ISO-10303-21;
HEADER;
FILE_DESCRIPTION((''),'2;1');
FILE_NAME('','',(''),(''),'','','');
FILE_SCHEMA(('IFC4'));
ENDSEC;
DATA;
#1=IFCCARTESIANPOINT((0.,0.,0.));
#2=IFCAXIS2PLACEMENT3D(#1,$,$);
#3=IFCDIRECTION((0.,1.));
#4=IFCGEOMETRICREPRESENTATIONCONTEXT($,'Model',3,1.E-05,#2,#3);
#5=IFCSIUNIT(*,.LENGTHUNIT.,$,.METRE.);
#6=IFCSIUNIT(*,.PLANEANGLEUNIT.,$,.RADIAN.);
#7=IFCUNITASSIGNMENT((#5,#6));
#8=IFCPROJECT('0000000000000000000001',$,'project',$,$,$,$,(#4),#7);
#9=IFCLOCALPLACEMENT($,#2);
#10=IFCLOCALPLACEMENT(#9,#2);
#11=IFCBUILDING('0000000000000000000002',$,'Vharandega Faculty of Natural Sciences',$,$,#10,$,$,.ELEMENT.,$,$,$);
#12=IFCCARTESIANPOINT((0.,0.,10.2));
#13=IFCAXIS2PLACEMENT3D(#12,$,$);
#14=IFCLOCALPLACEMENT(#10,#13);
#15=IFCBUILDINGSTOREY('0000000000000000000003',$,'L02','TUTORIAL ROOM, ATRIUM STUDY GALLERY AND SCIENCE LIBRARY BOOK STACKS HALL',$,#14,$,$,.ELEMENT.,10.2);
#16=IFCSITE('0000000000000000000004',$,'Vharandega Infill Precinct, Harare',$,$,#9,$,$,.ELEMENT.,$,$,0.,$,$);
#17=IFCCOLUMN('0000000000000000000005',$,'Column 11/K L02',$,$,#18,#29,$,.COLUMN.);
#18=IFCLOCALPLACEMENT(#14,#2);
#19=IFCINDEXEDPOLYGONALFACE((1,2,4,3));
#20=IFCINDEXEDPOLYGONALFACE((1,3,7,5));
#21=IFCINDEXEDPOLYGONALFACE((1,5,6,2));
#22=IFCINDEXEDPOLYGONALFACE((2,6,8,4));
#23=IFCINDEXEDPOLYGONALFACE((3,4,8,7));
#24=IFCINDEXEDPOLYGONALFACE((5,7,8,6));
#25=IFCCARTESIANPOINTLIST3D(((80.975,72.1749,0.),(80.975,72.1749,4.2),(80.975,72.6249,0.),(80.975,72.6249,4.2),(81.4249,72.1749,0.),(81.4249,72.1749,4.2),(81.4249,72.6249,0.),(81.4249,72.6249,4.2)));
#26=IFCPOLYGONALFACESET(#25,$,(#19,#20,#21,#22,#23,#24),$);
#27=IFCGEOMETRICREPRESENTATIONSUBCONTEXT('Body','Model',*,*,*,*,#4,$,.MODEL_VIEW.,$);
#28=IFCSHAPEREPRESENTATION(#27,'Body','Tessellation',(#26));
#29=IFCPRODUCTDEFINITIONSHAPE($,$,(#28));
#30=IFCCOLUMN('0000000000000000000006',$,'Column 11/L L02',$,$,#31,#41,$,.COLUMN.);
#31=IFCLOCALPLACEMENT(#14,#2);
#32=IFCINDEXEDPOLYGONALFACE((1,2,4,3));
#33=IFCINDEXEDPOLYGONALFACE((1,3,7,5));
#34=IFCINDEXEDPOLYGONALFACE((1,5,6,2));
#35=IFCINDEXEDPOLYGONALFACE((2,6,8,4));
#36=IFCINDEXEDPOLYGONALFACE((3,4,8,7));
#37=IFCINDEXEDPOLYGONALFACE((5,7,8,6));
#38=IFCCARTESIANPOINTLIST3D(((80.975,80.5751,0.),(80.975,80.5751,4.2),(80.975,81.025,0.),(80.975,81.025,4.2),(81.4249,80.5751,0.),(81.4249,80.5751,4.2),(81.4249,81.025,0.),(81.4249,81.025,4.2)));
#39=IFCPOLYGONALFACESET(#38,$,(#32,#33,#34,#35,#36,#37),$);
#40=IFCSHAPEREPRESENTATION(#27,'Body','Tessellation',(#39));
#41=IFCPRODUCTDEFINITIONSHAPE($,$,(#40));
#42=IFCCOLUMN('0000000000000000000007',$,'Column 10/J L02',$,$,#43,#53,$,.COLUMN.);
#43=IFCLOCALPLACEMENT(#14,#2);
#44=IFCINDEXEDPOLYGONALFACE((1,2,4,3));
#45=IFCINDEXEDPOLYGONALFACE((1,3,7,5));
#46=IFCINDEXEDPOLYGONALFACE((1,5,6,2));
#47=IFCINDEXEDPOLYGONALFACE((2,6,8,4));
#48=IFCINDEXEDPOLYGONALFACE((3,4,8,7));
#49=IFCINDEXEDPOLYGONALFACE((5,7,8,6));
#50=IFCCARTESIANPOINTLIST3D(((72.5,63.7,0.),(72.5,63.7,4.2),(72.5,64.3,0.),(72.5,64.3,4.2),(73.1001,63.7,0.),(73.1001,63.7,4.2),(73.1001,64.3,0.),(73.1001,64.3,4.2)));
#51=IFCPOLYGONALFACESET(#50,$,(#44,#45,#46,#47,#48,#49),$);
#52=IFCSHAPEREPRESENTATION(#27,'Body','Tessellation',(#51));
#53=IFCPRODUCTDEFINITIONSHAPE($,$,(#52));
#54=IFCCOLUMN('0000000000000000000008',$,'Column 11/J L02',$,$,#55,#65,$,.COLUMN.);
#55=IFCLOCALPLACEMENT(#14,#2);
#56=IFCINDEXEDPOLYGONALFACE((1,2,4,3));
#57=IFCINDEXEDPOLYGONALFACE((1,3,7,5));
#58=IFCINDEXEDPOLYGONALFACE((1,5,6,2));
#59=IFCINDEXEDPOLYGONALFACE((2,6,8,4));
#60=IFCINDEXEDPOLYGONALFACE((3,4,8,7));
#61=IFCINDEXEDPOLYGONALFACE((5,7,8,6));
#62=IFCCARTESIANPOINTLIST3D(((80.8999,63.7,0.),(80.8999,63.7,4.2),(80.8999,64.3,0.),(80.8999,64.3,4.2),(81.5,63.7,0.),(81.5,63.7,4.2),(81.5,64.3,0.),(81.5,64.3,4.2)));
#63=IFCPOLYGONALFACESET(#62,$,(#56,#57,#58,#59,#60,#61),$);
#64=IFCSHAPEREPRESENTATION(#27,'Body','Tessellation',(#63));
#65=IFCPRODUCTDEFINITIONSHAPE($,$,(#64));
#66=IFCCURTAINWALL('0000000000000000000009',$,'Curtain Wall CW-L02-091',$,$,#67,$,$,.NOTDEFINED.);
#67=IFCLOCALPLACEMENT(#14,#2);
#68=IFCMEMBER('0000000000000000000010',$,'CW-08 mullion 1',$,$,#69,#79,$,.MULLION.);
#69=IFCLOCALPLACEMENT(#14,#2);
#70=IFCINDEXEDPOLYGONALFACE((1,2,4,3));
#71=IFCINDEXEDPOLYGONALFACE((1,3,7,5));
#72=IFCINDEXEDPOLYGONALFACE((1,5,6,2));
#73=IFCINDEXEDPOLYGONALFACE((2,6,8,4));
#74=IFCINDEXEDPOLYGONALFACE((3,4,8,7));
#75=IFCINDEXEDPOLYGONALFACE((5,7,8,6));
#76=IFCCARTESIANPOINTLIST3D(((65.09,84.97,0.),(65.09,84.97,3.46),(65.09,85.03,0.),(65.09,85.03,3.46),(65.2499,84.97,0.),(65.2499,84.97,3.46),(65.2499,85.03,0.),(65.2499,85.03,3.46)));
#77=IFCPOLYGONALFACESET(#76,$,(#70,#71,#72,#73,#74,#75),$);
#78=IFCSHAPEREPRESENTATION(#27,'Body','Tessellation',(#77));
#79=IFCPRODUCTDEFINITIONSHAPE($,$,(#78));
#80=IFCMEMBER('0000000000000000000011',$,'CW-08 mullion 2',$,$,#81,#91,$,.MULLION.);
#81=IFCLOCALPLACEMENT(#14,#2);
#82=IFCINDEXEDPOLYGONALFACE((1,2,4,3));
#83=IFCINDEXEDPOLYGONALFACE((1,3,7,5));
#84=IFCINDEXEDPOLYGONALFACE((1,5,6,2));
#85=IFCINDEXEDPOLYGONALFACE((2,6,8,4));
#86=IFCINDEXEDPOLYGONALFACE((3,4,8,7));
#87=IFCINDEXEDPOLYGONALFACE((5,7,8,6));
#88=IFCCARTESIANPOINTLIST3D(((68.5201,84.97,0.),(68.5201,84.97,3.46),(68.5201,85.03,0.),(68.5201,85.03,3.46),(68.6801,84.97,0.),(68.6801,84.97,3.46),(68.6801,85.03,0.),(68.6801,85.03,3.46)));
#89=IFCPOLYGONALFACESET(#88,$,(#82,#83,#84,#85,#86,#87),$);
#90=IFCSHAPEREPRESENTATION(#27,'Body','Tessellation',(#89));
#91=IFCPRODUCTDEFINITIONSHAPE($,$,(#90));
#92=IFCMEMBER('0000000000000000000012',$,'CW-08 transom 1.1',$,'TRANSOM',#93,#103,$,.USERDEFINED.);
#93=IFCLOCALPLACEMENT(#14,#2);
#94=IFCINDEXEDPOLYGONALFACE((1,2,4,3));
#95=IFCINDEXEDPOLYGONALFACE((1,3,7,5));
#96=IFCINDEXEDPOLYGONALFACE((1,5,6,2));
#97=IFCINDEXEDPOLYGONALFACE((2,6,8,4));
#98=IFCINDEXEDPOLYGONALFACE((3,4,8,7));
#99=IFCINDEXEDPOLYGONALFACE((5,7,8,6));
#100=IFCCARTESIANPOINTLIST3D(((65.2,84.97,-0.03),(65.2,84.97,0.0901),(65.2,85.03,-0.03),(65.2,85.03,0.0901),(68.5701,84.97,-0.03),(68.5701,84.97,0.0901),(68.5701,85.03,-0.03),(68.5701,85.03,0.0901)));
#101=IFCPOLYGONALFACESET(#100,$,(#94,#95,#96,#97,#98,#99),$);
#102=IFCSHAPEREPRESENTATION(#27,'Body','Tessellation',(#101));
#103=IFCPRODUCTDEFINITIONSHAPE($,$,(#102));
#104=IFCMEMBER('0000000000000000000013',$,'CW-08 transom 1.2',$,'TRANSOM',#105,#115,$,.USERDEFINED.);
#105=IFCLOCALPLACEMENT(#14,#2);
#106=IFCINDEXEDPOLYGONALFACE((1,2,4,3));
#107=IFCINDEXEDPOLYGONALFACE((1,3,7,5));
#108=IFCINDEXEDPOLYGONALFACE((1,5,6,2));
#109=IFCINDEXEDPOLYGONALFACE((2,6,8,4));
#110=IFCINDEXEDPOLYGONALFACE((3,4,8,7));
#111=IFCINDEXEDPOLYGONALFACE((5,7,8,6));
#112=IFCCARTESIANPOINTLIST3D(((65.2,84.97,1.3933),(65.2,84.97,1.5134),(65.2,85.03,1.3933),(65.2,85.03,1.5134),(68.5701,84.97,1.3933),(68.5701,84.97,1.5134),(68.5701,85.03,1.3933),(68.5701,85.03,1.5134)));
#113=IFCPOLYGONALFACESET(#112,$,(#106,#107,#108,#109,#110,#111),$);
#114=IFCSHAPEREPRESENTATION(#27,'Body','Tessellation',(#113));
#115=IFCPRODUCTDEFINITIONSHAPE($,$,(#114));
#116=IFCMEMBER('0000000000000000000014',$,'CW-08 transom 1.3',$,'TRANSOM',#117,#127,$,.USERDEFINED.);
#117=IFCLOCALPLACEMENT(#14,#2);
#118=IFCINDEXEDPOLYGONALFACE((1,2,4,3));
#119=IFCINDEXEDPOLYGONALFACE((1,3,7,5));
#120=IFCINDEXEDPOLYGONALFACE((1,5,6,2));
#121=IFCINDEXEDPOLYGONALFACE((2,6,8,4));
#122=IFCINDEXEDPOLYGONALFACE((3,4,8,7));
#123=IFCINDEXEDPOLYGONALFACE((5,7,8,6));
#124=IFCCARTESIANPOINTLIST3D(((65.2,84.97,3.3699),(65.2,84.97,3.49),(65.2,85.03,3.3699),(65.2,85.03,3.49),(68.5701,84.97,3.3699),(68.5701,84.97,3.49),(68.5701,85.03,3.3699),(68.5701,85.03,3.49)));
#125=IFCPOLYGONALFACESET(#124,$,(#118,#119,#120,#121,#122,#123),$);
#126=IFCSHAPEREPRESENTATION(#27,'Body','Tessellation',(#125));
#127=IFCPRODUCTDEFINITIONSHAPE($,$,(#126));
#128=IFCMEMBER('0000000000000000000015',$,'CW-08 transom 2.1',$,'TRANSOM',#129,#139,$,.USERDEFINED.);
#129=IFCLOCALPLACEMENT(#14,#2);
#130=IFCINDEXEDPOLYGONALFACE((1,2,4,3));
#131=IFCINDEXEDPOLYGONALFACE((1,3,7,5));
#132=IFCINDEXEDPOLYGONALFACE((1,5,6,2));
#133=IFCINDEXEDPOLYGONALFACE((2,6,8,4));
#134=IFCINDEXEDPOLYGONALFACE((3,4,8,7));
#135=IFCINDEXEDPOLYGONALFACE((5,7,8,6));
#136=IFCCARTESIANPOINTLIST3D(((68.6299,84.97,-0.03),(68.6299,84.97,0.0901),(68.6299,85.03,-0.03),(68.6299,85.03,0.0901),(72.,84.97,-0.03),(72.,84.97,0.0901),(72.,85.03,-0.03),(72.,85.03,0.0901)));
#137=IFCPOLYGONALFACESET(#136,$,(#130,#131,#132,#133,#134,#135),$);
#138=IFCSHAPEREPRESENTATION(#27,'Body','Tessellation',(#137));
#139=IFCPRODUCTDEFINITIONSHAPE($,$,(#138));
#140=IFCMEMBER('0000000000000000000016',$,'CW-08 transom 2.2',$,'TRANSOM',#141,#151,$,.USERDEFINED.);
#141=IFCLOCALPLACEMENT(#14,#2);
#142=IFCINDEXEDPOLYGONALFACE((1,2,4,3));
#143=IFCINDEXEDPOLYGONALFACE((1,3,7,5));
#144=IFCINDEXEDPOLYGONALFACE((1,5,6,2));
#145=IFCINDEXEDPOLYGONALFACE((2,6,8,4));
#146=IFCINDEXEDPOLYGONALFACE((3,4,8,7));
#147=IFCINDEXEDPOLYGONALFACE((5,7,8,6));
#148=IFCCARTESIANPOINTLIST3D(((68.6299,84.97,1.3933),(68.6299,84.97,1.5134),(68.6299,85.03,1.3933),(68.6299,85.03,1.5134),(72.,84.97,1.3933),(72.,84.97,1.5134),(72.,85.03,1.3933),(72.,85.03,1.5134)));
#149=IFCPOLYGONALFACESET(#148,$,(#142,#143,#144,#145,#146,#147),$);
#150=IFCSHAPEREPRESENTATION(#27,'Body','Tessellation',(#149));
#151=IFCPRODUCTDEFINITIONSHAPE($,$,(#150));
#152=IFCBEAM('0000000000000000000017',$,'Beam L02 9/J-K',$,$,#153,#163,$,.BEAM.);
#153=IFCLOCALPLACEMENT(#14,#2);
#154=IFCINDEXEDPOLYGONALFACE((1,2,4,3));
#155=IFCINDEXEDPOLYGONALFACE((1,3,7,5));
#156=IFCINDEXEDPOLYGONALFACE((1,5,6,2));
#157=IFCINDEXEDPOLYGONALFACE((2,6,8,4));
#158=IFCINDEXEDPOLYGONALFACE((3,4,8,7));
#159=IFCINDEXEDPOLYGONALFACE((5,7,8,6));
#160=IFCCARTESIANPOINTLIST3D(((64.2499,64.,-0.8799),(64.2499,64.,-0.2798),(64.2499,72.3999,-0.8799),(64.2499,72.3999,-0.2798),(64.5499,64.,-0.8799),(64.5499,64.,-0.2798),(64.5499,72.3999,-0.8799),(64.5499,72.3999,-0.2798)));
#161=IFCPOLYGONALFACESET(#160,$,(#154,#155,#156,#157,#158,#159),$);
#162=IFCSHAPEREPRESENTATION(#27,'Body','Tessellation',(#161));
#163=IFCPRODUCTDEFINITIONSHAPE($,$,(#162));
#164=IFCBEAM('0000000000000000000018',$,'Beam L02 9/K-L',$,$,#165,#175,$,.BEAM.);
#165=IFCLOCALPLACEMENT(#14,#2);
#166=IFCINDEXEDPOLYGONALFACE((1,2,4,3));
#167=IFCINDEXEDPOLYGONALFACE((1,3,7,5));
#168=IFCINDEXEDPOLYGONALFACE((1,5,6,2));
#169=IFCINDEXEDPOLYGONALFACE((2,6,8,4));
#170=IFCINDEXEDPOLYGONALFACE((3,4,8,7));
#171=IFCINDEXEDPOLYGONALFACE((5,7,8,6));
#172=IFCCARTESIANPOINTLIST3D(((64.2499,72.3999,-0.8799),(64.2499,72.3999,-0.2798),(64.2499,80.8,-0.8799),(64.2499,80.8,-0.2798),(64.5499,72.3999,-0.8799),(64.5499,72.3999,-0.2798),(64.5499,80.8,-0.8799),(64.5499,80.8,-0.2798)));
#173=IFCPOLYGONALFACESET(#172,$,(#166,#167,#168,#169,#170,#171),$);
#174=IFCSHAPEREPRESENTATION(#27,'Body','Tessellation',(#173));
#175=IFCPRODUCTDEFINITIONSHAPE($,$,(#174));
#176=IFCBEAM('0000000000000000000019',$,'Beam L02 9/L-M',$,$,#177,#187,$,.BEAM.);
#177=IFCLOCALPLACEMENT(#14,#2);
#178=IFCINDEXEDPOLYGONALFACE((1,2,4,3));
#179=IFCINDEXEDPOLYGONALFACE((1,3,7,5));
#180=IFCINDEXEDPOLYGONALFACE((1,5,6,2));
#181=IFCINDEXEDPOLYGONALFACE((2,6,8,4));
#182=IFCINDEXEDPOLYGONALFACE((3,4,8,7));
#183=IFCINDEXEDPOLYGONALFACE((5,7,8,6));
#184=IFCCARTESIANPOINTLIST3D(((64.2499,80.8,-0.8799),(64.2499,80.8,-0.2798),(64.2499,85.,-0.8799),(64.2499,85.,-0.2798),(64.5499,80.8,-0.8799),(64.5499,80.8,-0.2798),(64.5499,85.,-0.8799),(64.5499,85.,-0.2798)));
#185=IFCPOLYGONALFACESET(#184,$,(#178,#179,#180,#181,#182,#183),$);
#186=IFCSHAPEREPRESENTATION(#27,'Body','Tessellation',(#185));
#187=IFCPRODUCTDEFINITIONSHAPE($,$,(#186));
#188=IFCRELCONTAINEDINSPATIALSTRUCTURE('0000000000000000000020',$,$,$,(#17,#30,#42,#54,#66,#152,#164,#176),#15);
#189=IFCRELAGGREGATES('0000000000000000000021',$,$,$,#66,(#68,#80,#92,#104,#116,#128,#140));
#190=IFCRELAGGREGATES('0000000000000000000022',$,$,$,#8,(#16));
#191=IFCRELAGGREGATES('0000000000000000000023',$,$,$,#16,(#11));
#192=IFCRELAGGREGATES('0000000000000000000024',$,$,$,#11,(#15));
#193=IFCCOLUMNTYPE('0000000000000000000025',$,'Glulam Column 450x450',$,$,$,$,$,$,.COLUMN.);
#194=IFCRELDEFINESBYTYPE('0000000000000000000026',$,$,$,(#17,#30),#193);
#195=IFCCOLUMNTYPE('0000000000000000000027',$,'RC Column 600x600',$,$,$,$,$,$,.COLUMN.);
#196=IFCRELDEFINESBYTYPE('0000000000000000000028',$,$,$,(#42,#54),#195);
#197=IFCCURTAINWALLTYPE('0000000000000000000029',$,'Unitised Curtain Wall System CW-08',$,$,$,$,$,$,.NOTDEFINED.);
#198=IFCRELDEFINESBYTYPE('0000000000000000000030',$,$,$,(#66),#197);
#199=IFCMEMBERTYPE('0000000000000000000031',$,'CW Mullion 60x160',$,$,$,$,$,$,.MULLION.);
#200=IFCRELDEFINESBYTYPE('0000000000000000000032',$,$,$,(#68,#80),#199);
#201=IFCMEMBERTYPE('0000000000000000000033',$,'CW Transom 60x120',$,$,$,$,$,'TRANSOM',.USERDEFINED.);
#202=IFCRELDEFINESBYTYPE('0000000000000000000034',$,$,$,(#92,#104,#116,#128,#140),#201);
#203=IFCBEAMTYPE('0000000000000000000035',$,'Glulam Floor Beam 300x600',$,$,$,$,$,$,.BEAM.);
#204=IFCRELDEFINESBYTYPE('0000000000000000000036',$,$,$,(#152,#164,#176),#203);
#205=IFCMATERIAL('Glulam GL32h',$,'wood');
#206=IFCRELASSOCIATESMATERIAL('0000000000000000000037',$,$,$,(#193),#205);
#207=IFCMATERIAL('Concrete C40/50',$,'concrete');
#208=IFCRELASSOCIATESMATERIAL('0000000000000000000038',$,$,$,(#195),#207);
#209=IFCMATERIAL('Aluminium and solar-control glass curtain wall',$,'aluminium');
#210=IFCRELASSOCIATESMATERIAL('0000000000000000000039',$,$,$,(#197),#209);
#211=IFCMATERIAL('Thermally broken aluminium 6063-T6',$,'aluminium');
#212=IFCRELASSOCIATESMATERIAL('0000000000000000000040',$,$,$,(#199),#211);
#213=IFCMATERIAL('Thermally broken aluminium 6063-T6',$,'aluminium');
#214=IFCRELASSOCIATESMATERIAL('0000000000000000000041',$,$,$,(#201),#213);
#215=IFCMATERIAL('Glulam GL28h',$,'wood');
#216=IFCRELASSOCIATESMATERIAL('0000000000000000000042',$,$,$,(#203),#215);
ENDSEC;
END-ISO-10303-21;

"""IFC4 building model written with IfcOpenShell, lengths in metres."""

from ifc_helpers import new_model, si_unit, direction, frame, origin, origin_2d, place, context, subcontext, project, spatial, rectangle, extrude, material, material_profile, profile_set, type_object, element, aggregate, save


model = new_model("IFC4")

# Units and contexts
model_context = context("Model", 3, precision=1e-05, world=origin(), true_north=direction((0.0, 1.0)))
body_context = subcontext(model_context, "Body", "Model", "MODEL_VIEW")
ifc_project = project(units=[si_unit("LENGTHUNIT", "METRE"), si_unit("PLANEANGLEUNIT", "RADIAN")], contexts=[model_context])

# Site, building, storey
site_placement = place(None, origin())
site = spatial("IfcSite", under=ifc_project, at=site_placement, Name="Vharandega Infill Precinct, Harare", CompositionType="ELEMENT", RefElevation=0.0)
building_placement = place(site_placement, origin())
building = spatial("IfcBuilding", under=site, at=building_placement, Name="Vharandega Faculty of Natural Sciences", CompositionType="ELEMENT")
storey_placement = place(building_placement, frame((0.0, 0.0, 10.2)))
storey = spatial("IfcBuildingStorey", under=building, at=storey_placement, Name="L02", Description="TUTORIAL ROOM, ATRIUM STUDY GALLERY AND SCIENCE LIBRARY BOOK STACKS HALL", CompositionType="ELEMENT", Elevation=10.2)

# Columns
ifc_material_1 = material(Name="Glulam GL32h", Category="wood")
ifc_material_profile_1 = material_profile(ifc_material_1, rectangle(XDim=0.45, YDim=0.45, at=origin_2d()), Name="GL32h 450x450")
ifc_profile_set_1 = profile_set([ifc_material_profile_1], Name="Glulam GL32h")
column_type_1 = type_object("IfcColumnType", Name="Glulam Column 450x450", PredefinedType="COLUMN", material=ifc_profile_set_1)
for number, where, z_axis, x_axis, name in (
    (1, (81.2, 72.3999, 0.0), (0.0, 0.0, 1.0), (1.0, 0.0, 0.0), "Column 11/K L02"),
    (2, (81.2, 80.8, 0.0), (0.0, 0.0, 1.0), (1.0, 0.0, 0.0), "Column 11/L L02"),
):
    element("IfcColumn", number, at=place(storey_placement, frame(where, z_axis=z_axis, x_axis=x_axis)), inside=storey, type_object=column_type_1, Name=name, PredefinedType="COLUMN", context=body_context, shape_type="SweptSolid", body=[
        extrude(rectangle(XDim=0.45, YDim=0.45, at=origin_2d()), origin(), (0.0, 0.0, 1.0), 4.2),
    ])
ifc_material_2 = material(Name="Concrete C40/50", Category="concrete")
ifc_material_profile_2 = material_profile(ifc_material_2, rectangle(XDim=0.6001, YDim=0.6001, at=origin_2d()), Name="RC 600x600")
ifc_profile_set_2 = profile_set([ifc_material_profile_2], Name="Concrete C40/50")
column_type_2 = type_object("IfcColumnType", Name="RC Column 600x600", PredefinedType="COLUMN", material=ifc_profile_set_2)
for number, where, z_axis, x_axis, name in (
    (3, (72.8, 64.0, 0.0), (0.0, 0.0, 1.0), (1.0, 0.0, 0.0), "Column 10/J L02"),
    (4, (81.2, 64.0, 0.0), (0.0, 0.0, 1.0), (1.0, 0.0, 0.0), "Column 11/J L02"),
):
    element("IfcColumn", number, at=place(storey_placement, frame(where, z_axis=z_axis, x_axis=x_axis)), inside=storey, type_object=column_type_2, Name=name, PredefinedType="COLUMN", context=body_context, shape_type="SweptSolid", body=[
        extrude(rectangle(XDim=0.6001, YDim=0.6001, at=origin_2d()), origin(), (0.0, 0.0, 1.0), 4.2),
    ])

# Curtain wall, members
ifc_material_3 = material(Name="Aluminium and solar-control glass curtain wall", Category="aluminium")
curtain_wall_type = type_object("IfcCurtainWallType", Name="Unitised Curtain Wall System CW-08", PredefinedType="NOTDEFINED", material=ifc_material_3)
curtain_wall_placement = place(storey_placement, origin())
curtain_wall = element("IfcCurtainWall", 5, at=curtain_wall_placement, inside=storey, type_object=curtain_wall_type, Name="Curtain Wall CW-L02-091", PredefinedType="NOTDEFINED")
ifc_material_4 = material(Name="Thermally broken aluminium 6063-T6", Category="aluminium")
ifc_material_profile_3 = material_profile(ifc_material_4, rectangle(XDim=0.0601, YDim=0.1599, at=origin_2d()), Name="ALU 60x160")
ifc_profile_set_3 = profile_set([ifc_material_profile_3], Name="Thermally broken aluminium 6063-T6")
member_type_1 = type_object("IfcMemberType", Name="CW Mullion 60x160", PredefinedType="MULLION", material=ifc_profile_set_3)
member_1_placement = place(storey_placement, frame((65.1699, 85.0, 0.0), z_axis=(0.0, 0.0, 1.0), x_axis=(0.0, 1.0, 0.0)))
member_1 = element("IfcMember", 6, at=member_1_placement, type_object=member_type_1, Name="CW-08 mullion 1", PredefinedType="MULLION", context=body_context, shape_type="SweptSolid", body=[
    extrude(rectangle(XDim=0.0601, YDim=0.1599, at=origin_2d()), origin(), (0.0, 0.0, 1.0), 3.46),
])
member_2_placement = place(storey_placement, frame((68.6001, 85.0, 0.0), z_axis=(0.0, 0.0, 1.0), x_axis=(0.0, 1.0, 0.0)))
member_2 = element("IfcMember", 7, at=member_2_placement, type_object=member_type_1, Name="CW-08 mullion 2", PredefinedType="MULLION", context=body_context, shape_type="SweptSolid", body=[
    extrude(rectangle(XDim=0.0601, YDim=0.1599, at=origin_2d()), origin(), (0.0, 0.0, 1.0), 3.46),
])
ifc_material_5 = material(Name="Thermally broken aluminium 6063-T6", Category="aluminium")
ifc_material_profile_4 = material_profile(ifc_material_5, rectangle(XDim=0.0601, YDim=0.1201, at=origin_2d()), Name="ALU 60x120")
ifc_profile_set_4 = profile_set([ifc_material_profile_4], Name="Thermally broken aluminium 6063-T6")
member_type_2 = type_object("IfcMemberType", Name="CW Transom 60x120", ElementType="TRANSOM", PredefinedType="USERDEFINED", material=ifc_profile_set_4)
member_3_placement = place(storey_placement, frame((65.2, 85.0, 0.03), z_axis=(1.0, 0.0, 0.0), x_axis=(0.0, 1.0, 0.0)))
member_3 = element("IfcMember", 8, at=member_3_placement, type_object=member_type_2, Name="CW-08 transom 1.1", ObjectType="TRANSOM", PredefinedType="USERDEFINED", context=body_context, shape_type="SweptSolid", body=[
    extrude(rectangle(XDim=0.0601, YDim=0.1201, at=origin_2d()), origin(), (0.0, 0.0, 1.0), 3.3701),
])
member_4_placement = place(storey_placement, frame((65.2, 85.0, 1.4534), z_axis=(1.0, 0.0, 0.0), x_axis=(0.0, 1.0, 0.0)))
member_4 = element("IfcMember", 9, at=member_4_placement, type_object=member_type_2, Name="CW-08 transom 1.2", ObjectType="TRANSOM", PredefinedType="USERDEFINED", context=body_context, shape_type="SweptSolid", body=[
    extrude(rectangle(XDim=0.0601, YDim=0.1201, at=origin_2d()), origin(), (0.0, 0.0, 1.0), 3.3701),
])
member_5_placement = place(storey_placement, frame((65.2, 85.0, 3.4299), z_axis=(1.0, 0.0, 0.0), x_axis=(0.0, 1.0, 0.0)))
member_5 = element("IfcMember", 10, at=member_5_placement, type_object=member_type_2, Name="CW-08 transom 1.3", ObjectType="TRANSOM", PredefinedType="USERDEFINED", context=body_context, shape_type="SweptSolid", body=[
    extrude(rectangle(XDim=0.0601, YDim=0.1201, at=origin_2d()), origin(), (0.0, 0.0, 1.0), 3.3701),
])
member_6_placement = place(storey_placement, frame((68.6299, 85.0, 0.03), z_axis=(1.0, 0.0, 0.0), x_axis=(0.0, 1.0, 0.0)))
member_6 = element("IfcMember", 11, at=member_6_placement, type_object=member_type_2, Name="CW-08 transom 2.1", ObjectType="TRANSOM", PredefinedType="USERDEFINED", context=body_context, shape_type="SweptSolid", body=[
    extrude(rectangle(XDim=0.0601, YDim=0.1201, at=origin_2d()), origin(), (0.0, 0.0, 1.0), 3.3701),
])
member_7_placement = place(storey_placement, frame((68.6299, 85.0, 1.4534), z_axis=(1.0, 0.0, 0.0), x_axis=(0.0, 1.0, 0.0)))
member_7 = element("IfcMember", 12, at=member_7_placement, type_object=member_type_2, Name="CW-08 transom 2.2", ObjectType="TRANSOM", PredefinedType="USERDEFINED", context=body_context, shape_type="SweptSolid", body=[
    extrude(rectangle(XDim=0.0601, YDim=0.1201, at=origin_2d()), origin(), (0.0, 0.0, 1.0), 3.3701),
])

# Beams
ifc_material_6 = material(Name="Glulam GL28h", Category="wood")
ifc_material_profile_5 = material_profile(ifc_material_6, rectangle(XDim=0.3, YDim=0.6001, at=origin_2d()), Name="GL28h 300x600")
ifc_profile_set_5 = profile_set([ifc_material_profile_5], Name="Glulam GL28h")
beam_type_1 = type_object("IfcBeamType", Name="Glulam Floor Beam 300x600", PredefinedType="BEAM", material=ifc_profile_set_5)
beam_1_placement = place(storey_placement, frame((64.3999, 64.0, -0.5798), z_axis=(0.0, 1.0, 0.0), x_axis=(-1.0, 0.0, 0.0)))
element("IfcBeam", 13, at=beam_1_placement, inside=storey, type_object=beam_type_1, Name="Beam L02 9/J-K", PredefinedType="BEAM", context=body_context, shape_type="SweptSolid", body=[
    extrude(rectangle(XDim=0.3, YDim=0.6001, at=origin_2d()), origin(), (0.0, 0.0, 1.0), 8.3999),
])
beam_2_placement = place(storey_placement, frame((64.3999, 72.3999, -0.5798), z_axis=(0.0, 1.0, 0.0), x_axis=(-1.0, 0.0, 0.0)))
element("IfcBeam", 14, at=beam_2_placement, inside=storey, type_object=beam_type_1, Name="Beam L02 9/K-L", PredefinedType="BEAM", context=body_context, shape_type="SweptSolid", body=[
    extrude(rectangle(XDim=0.3, YDim=0.6001, at=origin_2d()), origin(), (0.0, 0.0, 1.0), 8.4001),
])
beam_3_placement = place(storey_placement, frame((64.3999, 80.8, -0.5798), z_axis=(0.0, 1.0, 0.0), x_axis=(-1.0, 0.0, 0.0)))
element("IfcBeam", 15, at=beam_3_placement, inside=storey, type_object=beam_type_1, Name="Beam L02 9/L-M", PredefinedType="BEAM", context=body_context, shape_type="SweptSolid", body=[
    extrude(rectangle(XDim=0.3, YDim=0.6001, at=origin_2d()), origin(), (0.0, 0.0, 1.0), 4.2),
])

aggregate(curtain_wall, [member_1, member_2, member_3, member_4, member_5, member_6, member_7])

save(model, "model.ifc")
